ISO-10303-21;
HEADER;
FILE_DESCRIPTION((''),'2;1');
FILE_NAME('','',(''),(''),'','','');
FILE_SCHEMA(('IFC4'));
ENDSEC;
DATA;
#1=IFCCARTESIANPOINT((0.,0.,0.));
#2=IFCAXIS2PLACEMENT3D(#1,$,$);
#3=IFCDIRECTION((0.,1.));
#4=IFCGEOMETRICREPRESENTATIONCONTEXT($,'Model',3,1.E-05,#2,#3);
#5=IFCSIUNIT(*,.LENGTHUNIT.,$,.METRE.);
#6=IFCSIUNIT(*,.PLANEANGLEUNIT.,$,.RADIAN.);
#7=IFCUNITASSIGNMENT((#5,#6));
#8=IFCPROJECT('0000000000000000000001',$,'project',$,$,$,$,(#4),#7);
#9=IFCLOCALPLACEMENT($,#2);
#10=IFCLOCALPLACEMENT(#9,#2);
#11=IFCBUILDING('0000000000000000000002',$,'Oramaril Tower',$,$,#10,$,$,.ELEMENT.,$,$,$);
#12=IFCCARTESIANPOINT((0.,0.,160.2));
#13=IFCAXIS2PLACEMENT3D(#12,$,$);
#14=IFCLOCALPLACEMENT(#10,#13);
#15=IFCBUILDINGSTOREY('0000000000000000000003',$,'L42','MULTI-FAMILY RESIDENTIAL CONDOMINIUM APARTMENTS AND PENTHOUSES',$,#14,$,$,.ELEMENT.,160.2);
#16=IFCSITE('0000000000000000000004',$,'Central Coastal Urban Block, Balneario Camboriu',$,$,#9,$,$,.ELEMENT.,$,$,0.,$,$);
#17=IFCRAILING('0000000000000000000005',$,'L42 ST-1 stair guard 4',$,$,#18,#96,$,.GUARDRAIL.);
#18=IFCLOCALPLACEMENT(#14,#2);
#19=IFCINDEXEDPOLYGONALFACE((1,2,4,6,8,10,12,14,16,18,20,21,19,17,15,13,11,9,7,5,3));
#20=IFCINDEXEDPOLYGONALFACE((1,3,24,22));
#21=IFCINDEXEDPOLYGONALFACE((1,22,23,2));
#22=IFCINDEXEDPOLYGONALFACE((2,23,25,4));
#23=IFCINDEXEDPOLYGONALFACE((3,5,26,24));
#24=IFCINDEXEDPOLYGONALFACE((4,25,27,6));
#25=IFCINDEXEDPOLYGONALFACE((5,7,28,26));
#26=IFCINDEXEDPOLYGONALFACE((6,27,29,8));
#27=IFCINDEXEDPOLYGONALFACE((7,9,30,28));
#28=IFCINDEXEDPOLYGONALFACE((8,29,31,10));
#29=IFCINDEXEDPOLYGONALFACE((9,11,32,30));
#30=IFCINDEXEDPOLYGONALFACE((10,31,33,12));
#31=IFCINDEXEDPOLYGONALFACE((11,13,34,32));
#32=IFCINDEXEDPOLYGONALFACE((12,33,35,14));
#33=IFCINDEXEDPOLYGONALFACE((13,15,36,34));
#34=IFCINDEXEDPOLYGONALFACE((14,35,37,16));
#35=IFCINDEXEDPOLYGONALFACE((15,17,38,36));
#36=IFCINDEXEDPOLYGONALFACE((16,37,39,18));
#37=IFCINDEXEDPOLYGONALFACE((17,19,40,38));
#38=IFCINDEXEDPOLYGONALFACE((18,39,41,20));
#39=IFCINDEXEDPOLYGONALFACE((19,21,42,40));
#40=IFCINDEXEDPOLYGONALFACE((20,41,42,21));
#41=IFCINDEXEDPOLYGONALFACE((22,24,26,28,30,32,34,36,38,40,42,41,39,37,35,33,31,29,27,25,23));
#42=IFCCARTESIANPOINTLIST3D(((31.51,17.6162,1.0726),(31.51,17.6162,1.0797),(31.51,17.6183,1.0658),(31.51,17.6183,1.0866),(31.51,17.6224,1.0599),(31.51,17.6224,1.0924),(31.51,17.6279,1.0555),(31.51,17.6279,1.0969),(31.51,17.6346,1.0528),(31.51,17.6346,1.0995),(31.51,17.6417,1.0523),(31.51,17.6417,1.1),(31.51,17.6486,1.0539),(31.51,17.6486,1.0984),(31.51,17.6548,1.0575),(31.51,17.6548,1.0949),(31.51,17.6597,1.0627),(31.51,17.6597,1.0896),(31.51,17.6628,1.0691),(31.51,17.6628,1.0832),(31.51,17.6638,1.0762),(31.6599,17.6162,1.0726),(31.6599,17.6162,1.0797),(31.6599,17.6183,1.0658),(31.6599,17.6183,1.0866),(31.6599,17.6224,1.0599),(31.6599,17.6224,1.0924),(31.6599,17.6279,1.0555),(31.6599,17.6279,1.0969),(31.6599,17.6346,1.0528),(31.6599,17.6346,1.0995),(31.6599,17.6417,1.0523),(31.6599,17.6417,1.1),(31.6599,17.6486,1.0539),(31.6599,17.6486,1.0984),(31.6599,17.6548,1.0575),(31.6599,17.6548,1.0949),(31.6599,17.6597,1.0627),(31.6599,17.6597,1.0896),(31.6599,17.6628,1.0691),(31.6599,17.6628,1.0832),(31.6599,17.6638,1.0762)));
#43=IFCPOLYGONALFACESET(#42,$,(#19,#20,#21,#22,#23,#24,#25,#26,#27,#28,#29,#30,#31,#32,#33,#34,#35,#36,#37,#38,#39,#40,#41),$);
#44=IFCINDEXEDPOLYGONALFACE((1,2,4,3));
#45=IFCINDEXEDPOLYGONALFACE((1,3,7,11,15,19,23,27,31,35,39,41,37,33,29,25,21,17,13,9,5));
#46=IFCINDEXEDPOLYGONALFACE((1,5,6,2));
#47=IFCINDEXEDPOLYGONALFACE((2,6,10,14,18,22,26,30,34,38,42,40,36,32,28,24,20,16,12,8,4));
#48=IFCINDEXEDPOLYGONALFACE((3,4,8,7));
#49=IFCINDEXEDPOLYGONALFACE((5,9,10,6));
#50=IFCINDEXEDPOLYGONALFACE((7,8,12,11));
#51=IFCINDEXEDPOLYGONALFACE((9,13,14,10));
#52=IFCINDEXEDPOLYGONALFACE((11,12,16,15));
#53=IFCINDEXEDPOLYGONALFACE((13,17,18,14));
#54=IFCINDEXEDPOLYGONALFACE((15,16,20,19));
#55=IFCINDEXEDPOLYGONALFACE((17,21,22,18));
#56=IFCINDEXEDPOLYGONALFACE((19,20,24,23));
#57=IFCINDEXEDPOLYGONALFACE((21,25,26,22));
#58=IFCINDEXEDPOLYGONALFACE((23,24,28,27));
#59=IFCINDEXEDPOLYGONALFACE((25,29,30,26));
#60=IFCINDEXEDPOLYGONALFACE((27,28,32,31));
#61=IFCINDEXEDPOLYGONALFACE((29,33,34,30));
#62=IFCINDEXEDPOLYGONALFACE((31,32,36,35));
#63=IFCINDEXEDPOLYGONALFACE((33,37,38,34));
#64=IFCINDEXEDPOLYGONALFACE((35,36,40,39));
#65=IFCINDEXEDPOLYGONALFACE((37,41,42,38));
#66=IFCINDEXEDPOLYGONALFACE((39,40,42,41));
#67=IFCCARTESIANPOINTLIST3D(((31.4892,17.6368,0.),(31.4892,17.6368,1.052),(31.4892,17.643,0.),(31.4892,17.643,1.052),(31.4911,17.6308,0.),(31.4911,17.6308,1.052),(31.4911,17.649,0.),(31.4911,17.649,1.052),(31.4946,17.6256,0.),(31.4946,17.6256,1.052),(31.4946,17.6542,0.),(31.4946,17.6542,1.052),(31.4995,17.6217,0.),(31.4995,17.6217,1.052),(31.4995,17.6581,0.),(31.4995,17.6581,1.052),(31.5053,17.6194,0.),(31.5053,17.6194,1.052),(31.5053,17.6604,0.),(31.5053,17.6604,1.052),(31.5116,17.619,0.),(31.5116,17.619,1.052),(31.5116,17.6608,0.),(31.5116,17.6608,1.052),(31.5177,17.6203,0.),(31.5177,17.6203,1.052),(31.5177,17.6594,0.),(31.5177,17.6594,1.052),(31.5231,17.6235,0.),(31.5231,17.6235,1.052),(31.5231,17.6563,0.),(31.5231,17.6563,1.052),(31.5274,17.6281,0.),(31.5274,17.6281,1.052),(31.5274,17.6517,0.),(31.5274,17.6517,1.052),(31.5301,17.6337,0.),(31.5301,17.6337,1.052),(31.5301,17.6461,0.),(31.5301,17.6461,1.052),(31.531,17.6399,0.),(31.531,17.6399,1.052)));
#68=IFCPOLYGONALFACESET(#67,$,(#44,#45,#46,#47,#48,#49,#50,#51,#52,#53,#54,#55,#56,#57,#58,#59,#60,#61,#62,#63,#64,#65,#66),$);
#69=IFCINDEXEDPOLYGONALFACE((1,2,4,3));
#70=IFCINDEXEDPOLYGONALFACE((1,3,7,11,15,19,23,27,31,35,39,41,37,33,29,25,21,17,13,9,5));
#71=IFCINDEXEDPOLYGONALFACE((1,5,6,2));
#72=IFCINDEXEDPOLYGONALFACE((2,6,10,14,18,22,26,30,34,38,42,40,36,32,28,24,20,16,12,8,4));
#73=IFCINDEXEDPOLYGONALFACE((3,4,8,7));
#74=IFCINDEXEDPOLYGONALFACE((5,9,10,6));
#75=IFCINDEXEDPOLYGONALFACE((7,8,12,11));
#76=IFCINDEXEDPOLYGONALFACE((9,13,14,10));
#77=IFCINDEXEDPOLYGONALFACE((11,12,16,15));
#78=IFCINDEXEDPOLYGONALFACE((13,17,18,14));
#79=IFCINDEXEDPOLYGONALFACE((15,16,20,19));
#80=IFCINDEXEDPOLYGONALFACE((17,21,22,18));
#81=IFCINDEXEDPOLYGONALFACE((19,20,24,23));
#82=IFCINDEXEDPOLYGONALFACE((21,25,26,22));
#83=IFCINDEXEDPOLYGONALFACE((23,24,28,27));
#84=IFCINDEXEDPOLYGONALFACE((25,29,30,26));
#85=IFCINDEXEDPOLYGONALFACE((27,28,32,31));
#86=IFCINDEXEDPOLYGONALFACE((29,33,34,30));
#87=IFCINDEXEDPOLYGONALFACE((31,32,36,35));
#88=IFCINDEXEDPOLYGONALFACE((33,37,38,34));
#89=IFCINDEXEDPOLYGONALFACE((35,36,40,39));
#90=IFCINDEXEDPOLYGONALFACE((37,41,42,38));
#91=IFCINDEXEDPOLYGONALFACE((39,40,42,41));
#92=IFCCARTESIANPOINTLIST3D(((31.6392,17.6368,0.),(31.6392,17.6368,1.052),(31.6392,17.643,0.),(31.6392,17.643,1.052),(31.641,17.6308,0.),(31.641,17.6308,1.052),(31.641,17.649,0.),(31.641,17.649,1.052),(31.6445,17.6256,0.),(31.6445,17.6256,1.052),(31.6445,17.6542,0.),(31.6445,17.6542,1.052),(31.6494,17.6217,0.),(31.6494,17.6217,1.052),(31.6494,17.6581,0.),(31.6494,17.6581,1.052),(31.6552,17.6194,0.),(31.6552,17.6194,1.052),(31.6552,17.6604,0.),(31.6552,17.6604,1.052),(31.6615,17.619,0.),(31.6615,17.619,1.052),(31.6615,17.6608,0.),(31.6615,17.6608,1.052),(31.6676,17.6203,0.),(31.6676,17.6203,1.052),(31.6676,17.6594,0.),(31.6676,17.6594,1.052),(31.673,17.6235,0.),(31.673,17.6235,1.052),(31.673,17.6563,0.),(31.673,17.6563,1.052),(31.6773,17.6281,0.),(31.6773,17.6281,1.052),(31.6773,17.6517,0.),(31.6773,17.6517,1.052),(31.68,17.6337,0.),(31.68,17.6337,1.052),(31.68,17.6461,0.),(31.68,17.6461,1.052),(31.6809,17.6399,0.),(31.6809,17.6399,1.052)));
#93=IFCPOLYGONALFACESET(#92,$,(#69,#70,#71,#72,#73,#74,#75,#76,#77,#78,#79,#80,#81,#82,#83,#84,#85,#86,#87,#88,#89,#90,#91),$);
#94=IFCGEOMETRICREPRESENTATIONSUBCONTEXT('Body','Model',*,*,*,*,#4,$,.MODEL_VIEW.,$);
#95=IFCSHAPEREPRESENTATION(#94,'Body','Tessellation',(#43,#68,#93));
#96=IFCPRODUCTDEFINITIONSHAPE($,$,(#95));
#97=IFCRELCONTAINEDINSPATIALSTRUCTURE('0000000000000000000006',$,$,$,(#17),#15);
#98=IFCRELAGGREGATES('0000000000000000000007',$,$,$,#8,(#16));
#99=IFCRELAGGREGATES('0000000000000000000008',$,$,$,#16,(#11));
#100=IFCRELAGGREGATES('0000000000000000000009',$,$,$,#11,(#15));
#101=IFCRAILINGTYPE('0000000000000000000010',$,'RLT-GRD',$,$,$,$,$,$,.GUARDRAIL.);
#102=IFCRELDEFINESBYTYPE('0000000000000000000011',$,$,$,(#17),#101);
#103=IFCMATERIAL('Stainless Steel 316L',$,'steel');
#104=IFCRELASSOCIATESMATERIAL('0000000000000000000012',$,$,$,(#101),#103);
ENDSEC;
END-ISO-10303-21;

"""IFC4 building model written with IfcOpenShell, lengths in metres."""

from ifc_helpers import new_model, si_unit, direction, frame, origin, origin_2d, place, context, subcontext, project, spatial, circle, extrude, material, type_object, element, save


model = new_model("IFC4")

# Units and contexts
model_context = context("Model", 3, precision=1e-05, world=origin(), true_north=direction((0.0, 1.0)))
body_context = subcontext(model_context, "Body", "Model", "MODEL_VIEW")
ifc_project = project(units=[si_unit("LENGTHUNIT", "METRE"), si_unit("PLANEANGLEUNIT", "RADIAN")], contexts=[model_context])

# Site, building, storey
site_placement = place(None, origin())
site = spatial("IfcSite", under=ifc_project, at=site_placement, Name="Central Coastal Urban Block, Balneario Camboriu", CompositionType="ELEMENT", RefElevation=0.0)
building_placement = place(site_placement, origin())
building = spatial("IfcBuilding", under=site, at=building_placement, Name="Oramaril Tower", CompositionType="ELEMENT")
storey_placement = place(building_placement, frame((0.0, 0.0, 160.2)))
storey = spatial("IfcBuildingStorey", under=building, at=storey_placement, Name="L42", Description="MULTI-FAMILY RESIDENTIAL CONDOMINIUM APARTMENTS AND PENTHOUSES", CompositionType="ELEMENT", Elevation=160.2)

# Railing
ifc_material_1 = material(Name="Stainless Steel 316L", Category="steel")
railing_type_1 = type_object("IfcRailingType", Name="RLT-GRD", PredefinedType="GUARDRAIL", material=ifc_material_1)
railing_1_placement = place(storey_placement, frame((31.51, 17.6399, 0.0)))
element("IfcRailing", 1, at=railing_1_placement, inside=storey, type_object=railing_type_1, Name="L42 ST-1 stair guard 4", PredefinedType="GUARDRAIL", context=body_context, shape_type="SweptSolid", body=[
    extrude(circle(Radius=0.0239, at=origin_2d()), frame((0.0, 0.0, 1.0762), z_axis=(1.0, 0.0, 0.0), x_axis=(0.0, 1.0, 0.0)), (0.0, 0.0, 1.0), 0.1499),
    extrude(circle(Radius=0.021, at=origin_2d()), origin(), (0.0, 0.0, 1.0), 1.052),
    extrude(circle(Radius=0.021, at=origin_2d()), frame((0.1499, 0.0, 0.0)), (0.0, 0.0, 1.0), 1.052),
])

save(model, "model.ifc")
